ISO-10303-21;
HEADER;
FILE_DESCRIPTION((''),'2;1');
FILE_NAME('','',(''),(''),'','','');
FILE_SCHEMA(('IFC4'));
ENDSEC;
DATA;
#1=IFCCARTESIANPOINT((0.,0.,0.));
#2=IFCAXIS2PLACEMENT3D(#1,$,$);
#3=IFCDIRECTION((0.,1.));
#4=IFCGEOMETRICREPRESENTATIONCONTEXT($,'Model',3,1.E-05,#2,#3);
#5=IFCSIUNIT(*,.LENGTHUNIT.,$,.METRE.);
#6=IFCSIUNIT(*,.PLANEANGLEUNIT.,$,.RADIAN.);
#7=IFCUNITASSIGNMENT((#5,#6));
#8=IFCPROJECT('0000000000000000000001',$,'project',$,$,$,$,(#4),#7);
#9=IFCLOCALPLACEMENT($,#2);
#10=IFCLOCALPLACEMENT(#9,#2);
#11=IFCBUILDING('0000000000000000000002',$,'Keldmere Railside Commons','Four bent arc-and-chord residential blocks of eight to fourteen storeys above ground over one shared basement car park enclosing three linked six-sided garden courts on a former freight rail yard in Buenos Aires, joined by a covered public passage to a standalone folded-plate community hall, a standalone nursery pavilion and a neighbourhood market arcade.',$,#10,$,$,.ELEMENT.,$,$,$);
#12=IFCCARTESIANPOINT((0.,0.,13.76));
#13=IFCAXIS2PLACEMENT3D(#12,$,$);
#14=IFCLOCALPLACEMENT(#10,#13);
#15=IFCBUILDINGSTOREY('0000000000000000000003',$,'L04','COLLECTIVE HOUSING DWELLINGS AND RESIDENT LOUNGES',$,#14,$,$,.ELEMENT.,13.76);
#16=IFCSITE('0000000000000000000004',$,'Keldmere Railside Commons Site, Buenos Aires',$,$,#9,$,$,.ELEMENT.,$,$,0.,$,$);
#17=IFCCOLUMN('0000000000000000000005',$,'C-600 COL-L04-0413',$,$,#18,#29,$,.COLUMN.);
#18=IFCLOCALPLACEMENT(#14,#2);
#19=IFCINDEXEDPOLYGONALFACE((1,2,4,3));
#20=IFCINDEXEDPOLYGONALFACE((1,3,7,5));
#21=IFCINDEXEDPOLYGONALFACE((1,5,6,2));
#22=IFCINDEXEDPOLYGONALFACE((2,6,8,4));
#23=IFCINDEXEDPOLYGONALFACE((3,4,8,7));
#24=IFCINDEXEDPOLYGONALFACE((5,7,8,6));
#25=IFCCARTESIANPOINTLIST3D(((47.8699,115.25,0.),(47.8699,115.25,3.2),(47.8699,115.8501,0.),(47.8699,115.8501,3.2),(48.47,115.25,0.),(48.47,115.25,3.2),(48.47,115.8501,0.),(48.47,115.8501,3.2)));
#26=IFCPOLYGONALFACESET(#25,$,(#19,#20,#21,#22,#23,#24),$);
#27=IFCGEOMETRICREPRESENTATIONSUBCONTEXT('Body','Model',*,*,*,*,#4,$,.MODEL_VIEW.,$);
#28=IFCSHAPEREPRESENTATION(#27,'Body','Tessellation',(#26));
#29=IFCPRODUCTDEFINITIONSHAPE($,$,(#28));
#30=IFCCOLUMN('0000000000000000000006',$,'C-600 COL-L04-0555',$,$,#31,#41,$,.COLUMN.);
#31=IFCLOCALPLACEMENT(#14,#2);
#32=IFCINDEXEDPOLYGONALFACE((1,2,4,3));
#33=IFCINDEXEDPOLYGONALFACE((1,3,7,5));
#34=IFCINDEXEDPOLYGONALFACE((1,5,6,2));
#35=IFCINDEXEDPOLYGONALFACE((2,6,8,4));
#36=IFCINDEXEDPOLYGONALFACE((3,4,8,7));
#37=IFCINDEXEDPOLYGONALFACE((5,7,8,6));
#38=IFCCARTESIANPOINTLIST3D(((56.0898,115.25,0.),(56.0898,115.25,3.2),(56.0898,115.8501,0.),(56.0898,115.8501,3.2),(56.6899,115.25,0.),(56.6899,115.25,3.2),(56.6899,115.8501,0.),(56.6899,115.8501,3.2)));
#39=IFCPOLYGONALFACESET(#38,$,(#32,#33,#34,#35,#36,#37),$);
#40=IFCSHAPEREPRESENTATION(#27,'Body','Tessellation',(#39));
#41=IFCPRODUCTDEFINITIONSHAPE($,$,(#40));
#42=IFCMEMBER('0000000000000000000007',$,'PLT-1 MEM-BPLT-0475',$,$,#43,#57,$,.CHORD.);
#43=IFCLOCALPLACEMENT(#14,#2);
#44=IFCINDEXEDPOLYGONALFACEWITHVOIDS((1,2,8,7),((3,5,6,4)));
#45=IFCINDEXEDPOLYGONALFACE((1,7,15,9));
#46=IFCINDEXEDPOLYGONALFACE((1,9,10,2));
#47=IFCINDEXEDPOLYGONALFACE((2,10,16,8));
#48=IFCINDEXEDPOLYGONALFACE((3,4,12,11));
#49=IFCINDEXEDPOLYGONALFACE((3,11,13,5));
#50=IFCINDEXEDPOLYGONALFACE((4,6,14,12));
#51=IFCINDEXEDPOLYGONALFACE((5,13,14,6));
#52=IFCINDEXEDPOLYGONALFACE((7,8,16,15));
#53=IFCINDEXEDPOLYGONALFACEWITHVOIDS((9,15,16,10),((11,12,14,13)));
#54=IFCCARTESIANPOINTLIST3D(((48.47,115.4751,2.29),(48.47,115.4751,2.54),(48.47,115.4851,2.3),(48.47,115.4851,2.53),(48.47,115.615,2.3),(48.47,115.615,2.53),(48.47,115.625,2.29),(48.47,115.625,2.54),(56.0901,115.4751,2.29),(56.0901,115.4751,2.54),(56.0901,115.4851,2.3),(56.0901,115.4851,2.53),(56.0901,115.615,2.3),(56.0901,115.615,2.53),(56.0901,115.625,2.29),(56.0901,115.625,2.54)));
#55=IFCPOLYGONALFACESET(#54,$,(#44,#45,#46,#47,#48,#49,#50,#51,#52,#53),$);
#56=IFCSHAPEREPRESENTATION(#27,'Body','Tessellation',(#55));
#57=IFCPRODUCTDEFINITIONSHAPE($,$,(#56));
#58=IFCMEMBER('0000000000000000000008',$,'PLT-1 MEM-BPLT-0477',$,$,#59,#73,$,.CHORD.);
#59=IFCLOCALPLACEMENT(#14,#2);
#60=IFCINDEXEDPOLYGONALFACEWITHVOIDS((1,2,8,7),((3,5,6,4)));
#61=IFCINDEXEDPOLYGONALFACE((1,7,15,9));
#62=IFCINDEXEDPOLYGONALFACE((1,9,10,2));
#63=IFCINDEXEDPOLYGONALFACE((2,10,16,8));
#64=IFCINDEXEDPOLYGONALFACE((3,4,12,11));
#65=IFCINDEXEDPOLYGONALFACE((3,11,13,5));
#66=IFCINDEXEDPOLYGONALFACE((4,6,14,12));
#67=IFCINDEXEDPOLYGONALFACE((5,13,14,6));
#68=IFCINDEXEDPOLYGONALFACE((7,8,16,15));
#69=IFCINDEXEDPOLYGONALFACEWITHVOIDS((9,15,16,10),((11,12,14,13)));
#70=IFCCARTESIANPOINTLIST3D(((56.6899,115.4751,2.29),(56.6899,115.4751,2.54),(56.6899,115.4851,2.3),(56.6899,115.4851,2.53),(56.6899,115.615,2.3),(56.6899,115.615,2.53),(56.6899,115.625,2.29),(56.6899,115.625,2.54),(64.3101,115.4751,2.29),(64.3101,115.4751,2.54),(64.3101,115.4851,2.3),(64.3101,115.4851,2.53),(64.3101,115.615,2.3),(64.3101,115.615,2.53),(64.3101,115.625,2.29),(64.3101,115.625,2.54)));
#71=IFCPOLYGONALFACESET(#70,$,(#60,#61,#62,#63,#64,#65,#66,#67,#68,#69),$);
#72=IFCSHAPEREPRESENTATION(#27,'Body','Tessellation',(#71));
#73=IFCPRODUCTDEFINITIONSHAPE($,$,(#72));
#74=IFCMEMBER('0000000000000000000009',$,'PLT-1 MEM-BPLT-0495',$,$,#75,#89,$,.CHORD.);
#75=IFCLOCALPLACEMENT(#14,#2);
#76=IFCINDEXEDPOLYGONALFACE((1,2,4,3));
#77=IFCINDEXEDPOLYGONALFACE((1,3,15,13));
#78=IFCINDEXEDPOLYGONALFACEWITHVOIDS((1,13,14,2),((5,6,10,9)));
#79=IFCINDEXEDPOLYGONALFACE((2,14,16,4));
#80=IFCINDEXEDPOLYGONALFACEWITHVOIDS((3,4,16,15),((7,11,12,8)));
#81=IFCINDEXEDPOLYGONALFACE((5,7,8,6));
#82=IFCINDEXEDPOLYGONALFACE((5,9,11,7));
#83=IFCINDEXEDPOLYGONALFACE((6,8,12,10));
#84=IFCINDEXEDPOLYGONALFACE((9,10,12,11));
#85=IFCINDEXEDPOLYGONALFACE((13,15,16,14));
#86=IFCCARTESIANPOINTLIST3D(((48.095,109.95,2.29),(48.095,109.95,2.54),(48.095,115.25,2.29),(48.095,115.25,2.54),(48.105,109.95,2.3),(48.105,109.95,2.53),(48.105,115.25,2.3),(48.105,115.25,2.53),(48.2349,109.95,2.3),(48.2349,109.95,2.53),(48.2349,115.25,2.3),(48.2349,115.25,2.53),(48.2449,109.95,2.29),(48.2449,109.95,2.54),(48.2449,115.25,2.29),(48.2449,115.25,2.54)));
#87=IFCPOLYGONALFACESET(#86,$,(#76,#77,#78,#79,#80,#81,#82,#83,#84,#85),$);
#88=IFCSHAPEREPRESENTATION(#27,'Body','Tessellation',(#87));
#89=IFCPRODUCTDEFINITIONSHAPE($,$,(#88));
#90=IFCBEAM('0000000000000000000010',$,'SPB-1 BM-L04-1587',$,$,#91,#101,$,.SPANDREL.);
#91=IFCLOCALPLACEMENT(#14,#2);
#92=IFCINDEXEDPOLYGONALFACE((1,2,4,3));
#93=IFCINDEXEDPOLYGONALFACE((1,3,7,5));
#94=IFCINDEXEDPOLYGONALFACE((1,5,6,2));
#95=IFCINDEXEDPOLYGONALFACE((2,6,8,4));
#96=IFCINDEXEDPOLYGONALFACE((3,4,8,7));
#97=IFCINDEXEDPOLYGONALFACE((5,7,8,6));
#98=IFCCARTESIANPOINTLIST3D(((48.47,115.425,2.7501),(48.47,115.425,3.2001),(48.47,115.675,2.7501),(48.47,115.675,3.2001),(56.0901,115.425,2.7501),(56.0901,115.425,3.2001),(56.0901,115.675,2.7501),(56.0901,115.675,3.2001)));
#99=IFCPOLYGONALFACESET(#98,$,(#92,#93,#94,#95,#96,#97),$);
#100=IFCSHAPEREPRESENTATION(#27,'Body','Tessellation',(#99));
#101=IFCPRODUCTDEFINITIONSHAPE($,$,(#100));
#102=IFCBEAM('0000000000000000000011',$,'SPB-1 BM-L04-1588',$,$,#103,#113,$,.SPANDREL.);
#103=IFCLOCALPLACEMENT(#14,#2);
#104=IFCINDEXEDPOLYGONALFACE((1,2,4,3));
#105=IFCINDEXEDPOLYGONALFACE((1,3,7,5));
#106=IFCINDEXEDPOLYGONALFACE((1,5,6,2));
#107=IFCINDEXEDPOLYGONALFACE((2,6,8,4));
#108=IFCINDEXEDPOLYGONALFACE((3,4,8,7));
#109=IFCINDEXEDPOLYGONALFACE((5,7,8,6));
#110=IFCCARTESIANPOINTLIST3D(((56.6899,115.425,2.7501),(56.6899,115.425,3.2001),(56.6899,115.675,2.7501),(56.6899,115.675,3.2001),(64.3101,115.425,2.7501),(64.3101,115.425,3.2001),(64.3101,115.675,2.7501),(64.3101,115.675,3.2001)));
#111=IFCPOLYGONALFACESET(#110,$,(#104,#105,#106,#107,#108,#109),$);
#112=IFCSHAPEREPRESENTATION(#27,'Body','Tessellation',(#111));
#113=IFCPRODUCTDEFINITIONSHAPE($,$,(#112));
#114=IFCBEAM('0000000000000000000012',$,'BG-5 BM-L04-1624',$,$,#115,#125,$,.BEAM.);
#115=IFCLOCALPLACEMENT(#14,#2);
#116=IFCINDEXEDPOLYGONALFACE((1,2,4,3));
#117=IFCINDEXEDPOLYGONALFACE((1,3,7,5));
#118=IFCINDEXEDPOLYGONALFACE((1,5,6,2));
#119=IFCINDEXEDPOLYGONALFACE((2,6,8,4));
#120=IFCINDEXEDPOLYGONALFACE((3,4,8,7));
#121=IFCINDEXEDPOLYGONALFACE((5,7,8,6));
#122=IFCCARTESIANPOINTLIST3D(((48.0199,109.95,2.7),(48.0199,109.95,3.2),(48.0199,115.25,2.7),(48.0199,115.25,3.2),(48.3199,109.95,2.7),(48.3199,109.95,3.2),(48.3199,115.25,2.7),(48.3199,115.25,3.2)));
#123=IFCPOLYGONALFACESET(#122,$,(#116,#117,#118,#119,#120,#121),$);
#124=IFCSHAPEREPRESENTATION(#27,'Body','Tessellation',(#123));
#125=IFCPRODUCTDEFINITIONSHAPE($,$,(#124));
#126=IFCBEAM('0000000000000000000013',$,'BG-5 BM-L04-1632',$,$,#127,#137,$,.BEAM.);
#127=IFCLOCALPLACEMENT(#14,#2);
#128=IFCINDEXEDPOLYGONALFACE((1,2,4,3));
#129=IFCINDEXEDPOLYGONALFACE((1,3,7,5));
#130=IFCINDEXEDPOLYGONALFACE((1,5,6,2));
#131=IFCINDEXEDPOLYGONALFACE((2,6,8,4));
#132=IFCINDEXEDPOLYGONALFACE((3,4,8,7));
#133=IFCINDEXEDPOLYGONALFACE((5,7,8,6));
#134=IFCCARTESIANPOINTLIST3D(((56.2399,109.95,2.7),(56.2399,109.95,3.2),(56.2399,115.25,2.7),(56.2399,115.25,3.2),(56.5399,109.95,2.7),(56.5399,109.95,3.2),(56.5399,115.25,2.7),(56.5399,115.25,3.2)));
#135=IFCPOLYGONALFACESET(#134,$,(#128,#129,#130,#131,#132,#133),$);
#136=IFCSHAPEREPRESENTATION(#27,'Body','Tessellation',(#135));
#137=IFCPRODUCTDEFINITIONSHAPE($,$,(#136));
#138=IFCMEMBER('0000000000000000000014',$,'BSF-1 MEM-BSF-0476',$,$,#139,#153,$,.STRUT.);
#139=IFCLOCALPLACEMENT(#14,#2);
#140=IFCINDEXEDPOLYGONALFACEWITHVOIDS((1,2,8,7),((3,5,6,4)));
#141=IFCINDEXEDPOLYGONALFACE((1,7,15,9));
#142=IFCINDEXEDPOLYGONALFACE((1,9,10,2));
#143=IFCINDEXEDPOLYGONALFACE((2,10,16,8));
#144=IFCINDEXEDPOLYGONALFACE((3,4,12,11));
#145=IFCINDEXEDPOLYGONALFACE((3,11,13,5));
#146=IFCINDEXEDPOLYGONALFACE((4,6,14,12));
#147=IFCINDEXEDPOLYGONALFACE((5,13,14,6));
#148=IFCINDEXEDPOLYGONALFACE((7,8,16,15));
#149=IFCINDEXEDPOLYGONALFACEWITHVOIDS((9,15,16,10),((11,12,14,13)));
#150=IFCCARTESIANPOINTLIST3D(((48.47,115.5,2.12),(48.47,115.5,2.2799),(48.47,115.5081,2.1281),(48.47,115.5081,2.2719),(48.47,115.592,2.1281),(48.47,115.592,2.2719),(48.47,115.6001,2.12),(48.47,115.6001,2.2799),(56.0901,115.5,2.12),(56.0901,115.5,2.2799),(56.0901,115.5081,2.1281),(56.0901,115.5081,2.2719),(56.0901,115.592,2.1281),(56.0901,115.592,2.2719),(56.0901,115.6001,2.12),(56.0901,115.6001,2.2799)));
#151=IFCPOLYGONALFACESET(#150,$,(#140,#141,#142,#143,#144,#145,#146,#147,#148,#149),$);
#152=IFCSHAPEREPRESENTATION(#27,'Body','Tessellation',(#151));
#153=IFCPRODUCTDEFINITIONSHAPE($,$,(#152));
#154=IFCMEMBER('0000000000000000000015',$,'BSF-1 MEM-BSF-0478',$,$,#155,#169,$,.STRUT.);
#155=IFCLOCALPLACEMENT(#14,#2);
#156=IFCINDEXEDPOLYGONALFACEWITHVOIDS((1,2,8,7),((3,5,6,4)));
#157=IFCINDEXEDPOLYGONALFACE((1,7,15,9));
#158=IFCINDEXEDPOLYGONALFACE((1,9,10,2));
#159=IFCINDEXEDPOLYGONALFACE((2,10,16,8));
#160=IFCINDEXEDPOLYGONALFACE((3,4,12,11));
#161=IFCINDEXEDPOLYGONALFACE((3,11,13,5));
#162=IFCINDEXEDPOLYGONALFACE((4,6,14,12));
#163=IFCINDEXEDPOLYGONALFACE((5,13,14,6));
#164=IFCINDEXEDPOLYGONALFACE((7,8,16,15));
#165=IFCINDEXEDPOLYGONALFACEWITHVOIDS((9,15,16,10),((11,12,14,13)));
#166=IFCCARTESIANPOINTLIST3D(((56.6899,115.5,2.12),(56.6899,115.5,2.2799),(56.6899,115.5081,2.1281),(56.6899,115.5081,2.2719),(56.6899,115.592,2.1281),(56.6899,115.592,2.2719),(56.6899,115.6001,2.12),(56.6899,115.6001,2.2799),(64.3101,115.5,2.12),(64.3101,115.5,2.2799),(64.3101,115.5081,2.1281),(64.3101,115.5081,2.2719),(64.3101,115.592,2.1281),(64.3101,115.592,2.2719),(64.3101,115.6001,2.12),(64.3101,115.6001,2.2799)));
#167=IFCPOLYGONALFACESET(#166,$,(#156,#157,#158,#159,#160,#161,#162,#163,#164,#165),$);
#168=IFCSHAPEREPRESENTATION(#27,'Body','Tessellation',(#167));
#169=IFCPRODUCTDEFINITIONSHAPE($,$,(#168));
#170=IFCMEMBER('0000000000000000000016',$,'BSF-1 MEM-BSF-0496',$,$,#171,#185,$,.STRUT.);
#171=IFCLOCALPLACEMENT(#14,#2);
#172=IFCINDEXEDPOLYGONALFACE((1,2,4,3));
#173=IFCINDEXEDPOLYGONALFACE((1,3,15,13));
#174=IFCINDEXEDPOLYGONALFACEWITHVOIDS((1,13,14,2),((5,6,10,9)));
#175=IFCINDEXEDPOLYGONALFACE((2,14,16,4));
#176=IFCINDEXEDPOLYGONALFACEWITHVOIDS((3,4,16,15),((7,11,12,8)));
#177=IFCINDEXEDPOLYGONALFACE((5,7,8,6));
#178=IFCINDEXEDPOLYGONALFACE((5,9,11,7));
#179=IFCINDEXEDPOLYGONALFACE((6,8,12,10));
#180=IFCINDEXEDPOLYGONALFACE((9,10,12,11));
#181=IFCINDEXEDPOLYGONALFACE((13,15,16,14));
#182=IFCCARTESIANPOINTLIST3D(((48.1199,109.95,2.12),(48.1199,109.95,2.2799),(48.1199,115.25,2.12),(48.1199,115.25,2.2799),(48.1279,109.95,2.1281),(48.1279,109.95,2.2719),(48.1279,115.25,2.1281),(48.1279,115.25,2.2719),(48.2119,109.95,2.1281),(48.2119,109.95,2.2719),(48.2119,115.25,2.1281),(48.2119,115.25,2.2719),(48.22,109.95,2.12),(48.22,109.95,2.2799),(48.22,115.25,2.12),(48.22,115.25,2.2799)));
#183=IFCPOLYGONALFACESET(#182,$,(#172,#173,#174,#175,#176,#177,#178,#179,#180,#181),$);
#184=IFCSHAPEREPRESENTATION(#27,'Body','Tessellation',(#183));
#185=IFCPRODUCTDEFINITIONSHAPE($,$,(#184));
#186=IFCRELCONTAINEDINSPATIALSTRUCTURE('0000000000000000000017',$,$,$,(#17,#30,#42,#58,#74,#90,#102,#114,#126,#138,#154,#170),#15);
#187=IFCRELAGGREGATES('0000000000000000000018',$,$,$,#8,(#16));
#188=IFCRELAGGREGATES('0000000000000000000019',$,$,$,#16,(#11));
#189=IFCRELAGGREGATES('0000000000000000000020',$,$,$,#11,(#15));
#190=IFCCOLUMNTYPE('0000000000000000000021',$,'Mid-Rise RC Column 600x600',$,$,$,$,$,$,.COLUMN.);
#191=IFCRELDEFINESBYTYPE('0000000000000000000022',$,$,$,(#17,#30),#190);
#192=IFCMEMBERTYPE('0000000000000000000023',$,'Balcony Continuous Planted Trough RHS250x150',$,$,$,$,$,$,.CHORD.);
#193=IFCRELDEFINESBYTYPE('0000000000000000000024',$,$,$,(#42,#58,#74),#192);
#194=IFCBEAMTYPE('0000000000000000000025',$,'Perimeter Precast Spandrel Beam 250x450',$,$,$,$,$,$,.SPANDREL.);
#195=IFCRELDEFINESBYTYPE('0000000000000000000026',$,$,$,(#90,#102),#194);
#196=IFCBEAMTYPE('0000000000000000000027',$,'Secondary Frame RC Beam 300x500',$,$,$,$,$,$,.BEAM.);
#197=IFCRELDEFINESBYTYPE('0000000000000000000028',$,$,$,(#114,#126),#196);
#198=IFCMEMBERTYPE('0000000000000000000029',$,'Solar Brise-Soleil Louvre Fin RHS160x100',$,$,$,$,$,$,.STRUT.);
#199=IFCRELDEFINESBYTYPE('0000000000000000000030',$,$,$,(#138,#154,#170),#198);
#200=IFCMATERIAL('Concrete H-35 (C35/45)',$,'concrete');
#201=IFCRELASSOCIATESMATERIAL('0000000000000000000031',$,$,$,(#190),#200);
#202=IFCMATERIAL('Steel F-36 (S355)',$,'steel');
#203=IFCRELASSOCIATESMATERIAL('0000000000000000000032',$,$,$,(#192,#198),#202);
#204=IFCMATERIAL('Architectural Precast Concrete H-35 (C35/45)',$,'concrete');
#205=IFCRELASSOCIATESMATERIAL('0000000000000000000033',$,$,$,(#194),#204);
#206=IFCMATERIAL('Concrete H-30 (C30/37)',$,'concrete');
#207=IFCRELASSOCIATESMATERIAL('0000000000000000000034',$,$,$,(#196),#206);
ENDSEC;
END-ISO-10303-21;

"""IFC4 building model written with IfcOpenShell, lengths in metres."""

from ifc_helpers import new_model, si_unit, direction, frame, origin, origin_2d, place, context, subcontext, project, spatial, rectangle, hollow_rectangle, extrude, material, material_profile, profile_set, type_object, element, save


model = new_model("IFC4")

# Units and contexts
model_context = context("Model", 3, precision=1e-05, world=origin(), true_north=direction((0.0, 1.0)))
body_context = subcontext(model_context, "Body", "Model", "MODEL_VIEW")
ifc_project = project(units=[si_unit("LENGTHUNIT", "METRE"), si_unit("PLANEANGLEUNIT", "RADIAN")], contexts=[model_context])

# Site, building, storey
site_placement = place(None, origin())
site = spatial("IfcSite", under=ifc_project, at=site_placement, Name="Keldmere Railside Commons Site, Buenos Aires", CompositionType="ELEMENT", RefElevation=0.0)
building_placement = place(site_placement, origin())
building = spatial("IfcBuilding", under=site, at=building_placement, Name="Keldmere Railside Commons", Description="Four bent arc-and-chord residential blocks of eight to fourteen storeys above ground over one shared basement car park enclosing three linked six-sided garden courts on a former freight rail yard in Buenos Aires, joined by a covered public passage to a standalone folded-plate community hall, a standalone nursery pavilion and a neighbourhood market arcade.", CompositionType="ELEMENT")
storey_placement = place(building_placement, frame((0.0, 0.0, 13.76)))
storey = spatial("IfcBuildingStorey", under=building, at=storey_placement, Name="L04", Description="COLLECTIVE HOUSING DWELLINGS AND RESIDENT LOUNGES", CompositionType="ELEMENT", Elevation=13.76)

# Columns
ifc_material_1 = material(Name="Concrete H-35 (C35/45)", Category="concrete")
ifc_material_profile_1 = material_profile(ifc_material_1, rectangle(XDim=0.6001, YDim=0.6001, at=origin_2d()), Name="RC-600x600")
ifc_profile_set_1 = profile_set([ifc_material_profile_1], Name="Concrete H-35 (C35/45)")
column_type = type_object("IfcColumnType", Name="Mid-Rise RC Column 600x600", PredefinedType="COLUMN", material=ifc_profile_set_1)
for number, where, z_axis, x_axis, name in (
    (1, (48.1699, 115.55, 0.0), (0.0, 0.0, 1.0), (1.0, 0.0, 0.0), "C-600 COL-L04-0413"),
    (2, (56.3899, 115.55, 0.0), (0.0, 0.0, 1.0), (1.0, 0.0, 0.0), "C-600 COL-L04-0555"),
):
    element("IfcColumn", number, at=place(storey_placement, frame(where, z_axis=z_axis, x_axis=x_axis)), inside=storey, type_object=column_type, Name=name, PredefinedType="COLUMN", context=body_context, shape_type="SweptSolid", body=[
        extrude(rectangle(XDim=0.6001, YDim=0.6001, at=origin_2d()), origin(), (0.0, 0.0, 1.0), 3.2),
    ])

# Members
ifc_material_2 = material(Name="Steel F-36 (S355)", Category="steel")
ifc_material_profile_2 = material_profile(ifc_material_2, hollow_rectangle(XDim=0.1499, YDim=0.25, WallThickness=0.01, at=origin_2d()), Name="RHS-250x150x10")
ifc_profile_set_2 = profile_set([ifc_material_profile_2], Name="Steel F-36 (S355)")
member_type_1 = type_object("IfcMemberType", Name="Balcony Continuous Planted Trough RHS250x150", PredefinedType="CHORD", material=ifc_profile_set_2)
for number, where, z_axis, x_axis, name in (
    (3, (48.47, 115.55, 2.415), (1.0, 0.0, 0.0), (0.0, 1.0, 0.0), "PLT-1 MEM-BPLT-0475"),
    (4, (56.6899, 115.55, 2.415), (1.0, 0.0, 0.0), (0.0, 1.0, 0.0), "PLT-1 MEM-BPLT-0477"),
):
    element("IfcMember", number, at=place(storey_placement, frame(where, z_axis=z_axis, x_axis=x_axis)), inside=storey, type_object=member_type_1, Name=name, PredefinedType="CHORD", context=body_context, shape_type="SweptSolid", body=[
        extrude(hollow_rectangle(XDim=0.1499, YDim=0.25, WallThickness=0.01, at=origin_2d()), origin(), (0.0, 0.0, 1.0), 7.6201),
    ])
member_1_placement = place(storey_placement, frame((48.1699, 109.95, 2.415), z_axis=(0.0, 1.0, 0.0), x_axis=(-1.0, 0.0, 0.0)))
element("IfcMember", 5, at=member_1_placement, inside=storey, type_object=member_type_1, Name="PLT-1 MEM-BPLT-0495", PredefinedType="CHORD", context=body_context, shape_type="SweptSolid", body=[
    extrude(hollow_rectangle(XDim=0.1499, YDim=0.25, WallThickness=0.01, at=origin_2d()), origin(), (0.0, 0.0, 1.0), 5.3),
])

# Beams
ifc_material_3 = material(Name="Architectural Precast Concrete H-35 (C35/45)", Category="concrete")
ifc_material_profile_3 = material_profile(ifc_material_3, rectangle(XDim=0.25, YDim=0.45, at=origin_2d()), Name="RC-250x450")
ifc_profile_set_3 = profile_set([ifc_material_profile_3], Name="Architectural Precast Concrete H-35 (C35/45)")
beam_type_1 = type_object("IfcBeamType", Name="Perimeter Precast Spandrel Beam 250x450", PredefinedType="SPANDREL", material=ifc_profile_set_3)
for number, where, z_axis, x_axis, name in (
    (6, (48.47, 115.55, 2.9751), (1.0, 0.0, 0.0), (0.0, 1.0, 0.0), "SPB-1 BM-L04-1587"),
    (7, (56.6899, 115.55, 2.9751), (1.0, 0.0, 0.0), (0.0, 1.0, 0.0), "SPB-1 BM-L04-1588"),
):
    element("IfcBeam", number, at=place(storey_placement, frame(where, z_axis=z_axis, x_axis=x_axis)), inside=storey, type_object=beam_type_1, Name=name, PredefinedType="SPANDREL", context=body_context, shape_type="SweptSolid", body=[
        extrude(rectangle(XDim=0.25, YDim=0.45, at=origin_2d()), origin(), (0.0, 0.0, 1.0), 7.6201),
    ])
ifc_material_4 = material(Name="Concrete H-30 (C30/37)", Category="concrete")
ifc_material_profile_4 = material_profile(ifc_material_4, rectangle(XDim=0.3, YDim=0.5, at=origin_2d()), Name="RC-300x500")
ifc_profile_set_4 = profile_set([ifc_material_profile_4], Name="Concrete H-30 (C30/37)")
beam_type_2 = type_object("IfcBeamType", Name="Secondary Frame RC Beam 300x500", PredefinedType="BEAM", material=ifc_profile_set_4)
for number, where, z_axis, x_axis, name in (
    (8, (48.1699, 109.95, 2.95), (0.0, 1.0, 0.0), (-1.0, 0.0, 0.0), "BG-5 BM-L04-1624"),
    (9, (56.3899, 109.95, 2.95), (0.0, 1.0, 0.0), (-1.0, 0.0, 0.0), "BG-5 BM-L04-1632"),
):
    element("IfcBeam", number, at=place(storey_placement, frame(where, z_axis=z_axis, x_axis=x_axis)), inside=storey, type_object=beam_type_2, Name=name, PredefinedType="BEAM", context=body_context, shape_type="SweptSolid", body=[
        extrude(rectangle(XDim=0.3, YDim=0.5, at=origin_2d()), origin(), (0.0, 0.0, 1.0), 5.3),
    ])

# Members
ifc_material_profile_5 = material_profile(ifc_material_2, hollow_rectangle(XDim=0.1001, YDim=0.1599, WallThickness=0.0081, at=origin_2d()), Name="RHS-160x100x8")
ifc_profile_set_5 = profile_set([ifc_material_profile_5], Name="Steel F-36 (S355)")
member_type_2 = type_object("IfcMemberType", Name="Solar Brise-Soleil Louvre Fin RHS160x100", PredefinedType="STRUT", material=ifc_profile_set_5)
for number, where, z_axis, x_axis, name in (
    (10, (48.47, 115.55, 2.2), (1.0, 0.0, 0.0), (0.0, 1.0, 0.0), "BSF-1 MEM-BSF-0476"),
    (11, (56.6899, 115.55, 2.2), (1.0, 0.0, 0.0), (0.0, 1.0, 0.0), "BSF-1 MEM-BSF-0478"),
):
    element("IfcMember", number, at=place(storey_placement, frame(where, z_axis=z_axis, x_axis=x_axis)), inside=storey, type_object=member_type_2, Name=name, PredefinedType="STRUT", context=body_context, shape_type="SweptSolid", body=[
        extrude(hollow_rectangle(XDim=0.1001, YDim=0.1599, WallThickness=0.0081, at=origin_2d()), origin(), (0.0, 0.0, 1.0), 7.6201),
    ])
member_2_placement = place(storey_placement, frame((48.1699, 109.95, 2.2), z_axis=(0.0, 1.0, 0.0), x_axis=(-1.0, 0.0, 0.0)))
element("IfcMember", 12, at=member_2_placement, inside=storey, type_object=member_type_2, Name="BSF-1 MEM-BSF-0496", PredefinedType="STRUT", context=body_context, shape_type="SweptSolid", body=[
    extrude(hollow_rectangle(XDim=0.1001, YDim=0.1599, WallThickness=0.0081, at=origin_2d()), origin(), (0.0, 0.0, 1.0), 5.3),
])

save(model, "model.ifc")
